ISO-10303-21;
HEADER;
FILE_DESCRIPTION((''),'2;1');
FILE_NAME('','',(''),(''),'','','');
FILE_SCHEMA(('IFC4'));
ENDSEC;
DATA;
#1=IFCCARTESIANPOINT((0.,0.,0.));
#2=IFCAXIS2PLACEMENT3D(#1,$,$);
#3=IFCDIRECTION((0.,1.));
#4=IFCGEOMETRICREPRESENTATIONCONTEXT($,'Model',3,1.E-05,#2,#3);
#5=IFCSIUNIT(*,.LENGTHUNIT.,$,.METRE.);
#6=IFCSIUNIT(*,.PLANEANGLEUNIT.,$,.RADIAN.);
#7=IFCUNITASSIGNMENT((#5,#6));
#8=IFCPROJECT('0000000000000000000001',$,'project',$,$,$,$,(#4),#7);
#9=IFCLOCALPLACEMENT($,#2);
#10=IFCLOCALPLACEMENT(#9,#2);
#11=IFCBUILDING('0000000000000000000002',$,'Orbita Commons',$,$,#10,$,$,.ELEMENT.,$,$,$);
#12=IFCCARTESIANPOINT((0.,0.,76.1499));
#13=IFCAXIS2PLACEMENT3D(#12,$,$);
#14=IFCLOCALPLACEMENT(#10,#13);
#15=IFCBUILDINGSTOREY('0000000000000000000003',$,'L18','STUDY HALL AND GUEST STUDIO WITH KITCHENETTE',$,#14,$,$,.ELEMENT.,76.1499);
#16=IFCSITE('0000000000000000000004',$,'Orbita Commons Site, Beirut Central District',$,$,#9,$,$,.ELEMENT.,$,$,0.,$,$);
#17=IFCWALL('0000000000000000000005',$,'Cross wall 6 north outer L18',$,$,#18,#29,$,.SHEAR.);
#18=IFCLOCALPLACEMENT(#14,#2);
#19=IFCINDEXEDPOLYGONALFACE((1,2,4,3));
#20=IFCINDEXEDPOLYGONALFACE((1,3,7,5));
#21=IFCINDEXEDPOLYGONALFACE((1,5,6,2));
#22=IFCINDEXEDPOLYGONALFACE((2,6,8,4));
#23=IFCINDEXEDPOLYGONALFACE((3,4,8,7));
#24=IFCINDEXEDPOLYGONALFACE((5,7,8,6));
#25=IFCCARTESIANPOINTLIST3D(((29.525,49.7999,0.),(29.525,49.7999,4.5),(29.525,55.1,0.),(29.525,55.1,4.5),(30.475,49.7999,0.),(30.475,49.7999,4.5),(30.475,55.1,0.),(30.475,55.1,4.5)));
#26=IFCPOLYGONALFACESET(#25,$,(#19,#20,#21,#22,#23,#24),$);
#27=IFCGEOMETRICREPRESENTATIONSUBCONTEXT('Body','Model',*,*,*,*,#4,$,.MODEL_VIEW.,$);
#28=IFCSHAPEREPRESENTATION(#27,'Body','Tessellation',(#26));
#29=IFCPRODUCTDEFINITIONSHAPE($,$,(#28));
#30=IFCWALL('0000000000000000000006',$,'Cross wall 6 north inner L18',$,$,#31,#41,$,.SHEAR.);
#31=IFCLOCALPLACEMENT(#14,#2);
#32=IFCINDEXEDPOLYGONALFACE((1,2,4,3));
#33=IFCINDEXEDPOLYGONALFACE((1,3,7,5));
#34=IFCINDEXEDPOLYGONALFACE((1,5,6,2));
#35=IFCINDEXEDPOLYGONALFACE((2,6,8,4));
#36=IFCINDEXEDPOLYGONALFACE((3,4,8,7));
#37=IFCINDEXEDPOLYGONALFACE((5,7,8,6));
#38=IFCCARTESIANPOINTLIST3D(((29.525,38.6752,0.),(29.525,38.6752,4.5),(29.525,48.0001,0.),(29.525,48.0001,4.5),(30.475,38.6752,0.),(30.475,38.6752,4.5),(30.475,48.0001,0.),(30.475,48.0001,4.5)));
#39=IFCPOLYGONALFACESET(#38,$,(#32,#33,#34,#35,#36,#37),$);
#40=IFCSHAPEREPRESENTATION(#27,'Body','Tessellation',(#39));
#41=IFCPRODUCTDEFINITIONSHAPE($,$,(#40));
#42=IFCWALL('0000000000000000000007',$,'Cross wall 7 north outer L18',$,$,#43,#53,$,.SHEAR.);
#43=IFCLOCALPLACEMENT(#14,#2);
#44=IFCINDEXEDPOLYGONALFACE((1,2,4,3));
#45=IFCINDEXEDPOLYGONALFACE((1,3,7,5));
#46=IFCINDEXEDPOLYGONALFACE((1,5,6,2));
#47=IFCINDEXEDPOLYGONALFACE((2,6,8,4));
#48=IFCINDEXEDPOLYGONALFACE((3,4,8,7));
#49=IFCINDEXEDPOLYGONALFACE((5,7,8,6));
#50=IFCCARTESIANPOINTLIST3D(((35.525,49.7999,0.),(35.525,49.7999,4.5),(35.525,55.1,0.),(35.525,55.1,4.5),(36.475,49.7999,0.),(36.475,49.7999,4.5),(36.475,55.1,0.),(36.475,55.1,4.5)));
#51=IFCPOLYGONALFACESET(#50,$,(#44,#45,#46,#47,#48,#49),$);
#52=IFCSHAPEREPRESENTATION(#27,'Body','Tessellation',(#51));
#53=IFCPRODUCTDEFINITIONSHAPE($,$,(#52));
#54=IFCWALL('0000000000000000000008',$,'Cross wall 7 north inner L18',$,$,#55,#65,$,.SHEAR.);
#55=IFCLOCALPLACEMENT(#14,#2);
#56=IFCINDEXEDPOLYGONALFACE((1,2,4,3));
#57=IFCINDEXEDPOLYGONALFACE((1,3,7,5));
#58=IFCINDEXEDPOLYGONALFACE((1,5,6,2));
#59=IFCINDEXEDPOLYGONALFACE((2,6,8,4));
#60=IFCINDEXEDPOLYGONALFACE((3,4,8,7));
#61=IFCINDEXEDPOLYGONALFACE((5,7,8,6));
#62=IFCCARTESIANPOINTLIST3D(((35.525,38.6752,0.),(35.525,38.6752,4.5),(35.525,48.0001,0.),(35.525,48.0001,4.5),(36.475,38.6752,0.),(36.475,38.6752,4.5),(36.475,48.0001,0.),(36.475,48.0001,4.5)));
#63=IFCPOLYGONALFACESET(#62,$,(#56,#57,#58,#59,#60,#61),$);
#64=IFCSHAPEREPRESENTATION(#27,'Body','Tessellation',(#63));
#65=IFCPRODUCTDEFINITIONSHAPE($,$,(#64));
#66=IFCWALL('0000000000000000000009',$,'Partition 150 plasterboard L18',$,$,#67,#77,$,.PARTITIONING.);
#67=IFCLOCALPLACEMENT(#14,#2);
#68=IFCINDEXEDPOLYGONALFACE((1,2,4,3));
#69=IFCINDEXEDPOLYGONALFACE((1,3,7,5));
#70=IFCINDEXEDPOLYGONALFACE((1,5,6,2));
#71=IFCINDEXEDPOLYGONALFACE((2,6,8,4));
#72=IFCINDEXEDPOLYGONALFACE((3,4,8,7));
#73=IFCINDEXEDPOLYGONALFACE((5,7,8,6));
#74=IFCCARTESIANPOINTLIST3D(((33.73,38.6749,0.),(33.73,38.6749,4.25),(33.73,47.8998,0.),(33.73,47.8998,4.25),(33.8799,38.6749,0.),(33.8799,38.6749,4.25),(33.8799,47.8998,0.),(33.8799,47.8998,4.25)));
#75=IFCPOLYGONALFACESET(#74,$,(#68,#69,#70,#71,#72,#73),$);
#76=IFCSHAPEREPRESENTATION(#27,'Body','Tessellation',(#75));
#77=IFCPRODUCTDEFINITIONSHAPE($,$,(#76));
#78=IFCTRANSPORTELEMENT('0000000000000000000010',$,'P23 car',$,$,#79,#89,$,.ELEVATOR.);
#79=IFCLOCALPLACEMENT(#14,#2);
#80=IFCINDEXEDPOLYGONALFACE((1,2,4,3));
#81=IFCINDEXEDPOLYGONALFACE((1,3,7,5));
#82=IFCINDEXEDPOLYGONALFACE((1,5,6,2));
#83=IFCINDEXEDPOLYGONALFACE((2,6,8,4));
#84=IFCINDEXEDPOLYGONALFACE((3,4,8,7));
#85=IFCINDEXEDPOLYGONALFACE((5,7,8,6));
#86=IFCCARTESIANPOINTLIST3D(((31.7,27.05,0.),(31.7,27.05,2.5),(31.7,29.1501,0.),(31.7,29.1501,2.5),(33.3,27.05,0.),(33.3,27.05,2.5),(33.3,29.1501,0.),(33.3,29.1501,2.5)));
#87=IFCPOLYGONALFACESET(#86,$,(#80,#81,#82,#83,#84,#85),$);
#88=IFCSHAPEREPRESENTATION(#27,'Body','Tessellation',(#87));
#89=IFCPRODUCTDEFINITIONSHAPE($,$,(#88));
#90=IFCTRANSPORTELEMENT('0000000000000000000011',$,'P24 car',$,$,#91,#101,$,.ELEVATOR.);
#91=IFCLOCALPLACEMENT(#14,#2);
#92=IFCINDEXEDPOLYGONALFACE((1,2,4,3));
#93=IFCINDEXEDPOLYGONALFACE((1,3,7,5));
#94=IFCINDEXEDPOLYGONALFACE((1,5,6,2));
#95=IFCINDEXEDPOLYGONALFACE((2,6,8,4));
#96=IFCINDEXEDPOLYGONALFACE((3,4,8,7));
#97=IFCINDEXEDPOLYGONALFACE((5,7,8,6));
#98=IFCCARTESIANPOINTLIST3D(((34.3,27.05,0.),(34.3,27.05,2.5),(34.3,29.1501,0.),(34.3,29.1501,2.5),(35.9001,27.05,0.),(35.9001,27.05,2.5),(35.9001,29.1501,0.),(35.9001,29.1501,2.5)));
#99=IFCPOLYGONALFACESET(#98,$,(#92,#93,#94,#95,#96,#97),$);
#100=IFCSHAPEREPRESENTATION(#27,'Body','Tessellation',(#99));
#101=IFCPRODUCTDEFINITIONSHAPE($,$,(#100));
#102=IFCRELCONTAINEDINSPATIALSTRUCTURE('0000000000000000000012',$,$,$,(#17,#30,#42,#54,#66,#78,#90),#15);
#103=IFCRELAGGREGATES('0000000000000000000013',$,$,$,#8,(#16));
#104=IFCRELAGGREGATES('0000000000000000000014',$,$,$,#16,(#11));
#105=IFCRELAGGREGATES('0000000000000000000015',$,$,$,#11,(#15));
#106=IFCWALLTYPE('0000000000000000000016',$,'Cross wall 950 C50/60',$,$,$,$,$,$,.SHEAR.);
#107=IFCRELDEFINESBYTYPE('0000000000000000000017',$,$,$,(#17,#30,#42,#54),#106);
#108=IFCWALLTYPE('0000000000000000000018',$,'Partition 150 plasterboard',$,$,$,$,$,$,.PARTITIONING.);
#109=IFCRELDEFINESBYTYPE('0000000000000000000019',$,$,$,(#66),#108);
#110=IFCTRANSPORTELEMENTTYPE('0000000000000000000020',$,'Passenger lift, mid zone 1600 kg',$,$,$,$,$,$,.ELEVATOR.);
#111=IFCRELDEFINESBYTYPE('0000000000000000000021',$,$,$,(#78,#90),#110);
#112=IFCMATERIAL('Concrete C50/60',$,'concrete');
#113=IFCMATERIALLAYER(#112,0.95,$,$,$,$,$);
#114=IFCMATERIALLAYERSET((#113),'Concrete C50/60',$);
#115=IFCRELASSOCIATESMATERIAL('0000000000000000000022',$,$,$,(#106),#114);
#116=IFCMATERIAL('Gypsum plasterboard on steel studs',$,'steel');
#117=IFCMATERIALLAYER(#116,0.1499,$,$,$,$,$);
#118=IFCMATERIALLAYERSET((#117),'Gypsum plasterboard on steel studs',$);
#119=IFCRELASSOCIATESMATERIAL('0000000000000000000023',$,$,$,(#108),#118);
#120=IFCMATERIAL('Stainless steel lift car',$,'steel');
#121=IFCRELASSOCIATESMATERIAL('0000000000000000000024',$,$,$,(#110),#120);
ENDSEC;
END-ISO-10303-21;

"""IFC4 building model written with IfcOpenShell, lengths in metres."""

from ifc_helpers import new_model, si_unit, direction, frame, frame_2d, origin, origin_2d, place, context, subcontext, project, spatial, rectangle, extrude, material, layer, layer_set, type_object, element, save


model = new_model("IFC4")

# Units and contexts
model_context = context("Model", 3, precision=1e-05, world=origin(), true_north=direction((0.0, 1.0)))
body_context = subcontext(model_context, "Body", "Model", "MODEL_VIEW")
ifc_project = project(units=[si_unit("LENGTHUNIT", "METRE"), si_unit("PLANEANGLEUNIT", "RADIAN")], contexts=[model_context])

# Site, building, storey
site_placement = place(None, origin())
site = spatial("IfcSite", under=ifc_project, at=site_placement, Name="Orbita Commons Site, Beirut Central District", CompositionType="ELEMENT", RefElevation=0.0)
building_placement = place(site_placement, origin())
building = spatial("IfcBuilding", under=site, at=building_placement, Name="Orbita Commons", CompositionType="ELEMENT")
storey_placement = place(building_placement, frame((0.0, 0.0, 76.1499)))
storey = spatial("IfcBuildingStorey", under=building, at=storey_placement, Name="L18", Description="STUDY HALL AND GUEST STUDIO WITH KITCHENETTE", CompositionType="ELEMENT", Elevation=76.1499)

# Walls
ifc_material_1 = material(Name="Concrete C50/60", Category="concrete")
ifc_layer_1 = layer(ifc_material_1, 0.95)
ifc_layer_set_1 = layer_set([ifc_layer_1], Name="Concrete C50/60")
wall_type_1 = type_object("IfcWallType", Name="Cross wall 950 C50/60", PredefinedType="SHEAR", material=ifc_layer_set_1)
wall_1_placement = place(storey_placement, frame((30.0, 49.8, 0.0), z_axis=(0.0, 0.0, 1.0), x_axis=(0.0, 1.0, 0.0)))
element("IfcWall", 1, at=wall_1_placement, inside=storey, type_object=wall_type_1, Name="Cross wall 6 north outer L18", PredefinedType="SHEAR", context=body_context, shape_type="SweptSolid", body=[
    extrude(rectangle(XDim=5.3, YDim=0.95, at=frame_2d((2.6499, 0.0))), origin(), (0.0, 0.0, 1.0), 4.5),
])
wall_2_placement = place(storey_placement, frame((30.0, 38.675, 0.0), z_axis=(0.0, 0.0, 1.0), x_axis=(0.0, 1.0, 0.0)))
element("IfcWall", 2, at=wall_2_placement, inside=storey, type_object=wall_type_1, Name="Cross wall 6 north inner L18", PredefinedType="SHEAR", context=body_context, shape_type="SweptSolid", body=[
    extrude(rectangle(XDim=9.325, YDim=0.95, at=frame_2d((4.6626, 0.0))), origin(), (0.0, 0.0, 1.0), 4.5),
])
wall_3_placement = place(storey_placement, frame((36.0, 49.8, 0.0), z_axis=(0.0, 0.0, 1.0), x_axis=(0.0, 1.0, 0.0)))
element("IfcWall", 3, at=wall_3_placement, inside=storey, type_object=wall_type_1, Name="Cross wall 7 north outer L18", PredefinedType="SHEAR", context=body_context, shape_type="SweptSolid", body=[
    extrude(rectangle(XDim=5.3, YDim=0.95, at=frame_2d((2.6499, 0.0))), origin(), (0.0, 0.0, 1.0), 4.5),
])
wall_4_placement = place(storey_placement, frame((36.0, 38.675, 0.0), z_axis=(0.0, 0.0, 1.0), x_axis=(0.0, 1.0, 0.0)))
element("IfcWall", 4, at=wall_4_placement, inside=storey, type_object=wall_type_1, Name="Cross wall 7 north inner L18", PredefinedType="SHEAR", context=body_context, shape_type="SweptSolid", body=[
    extrude(rectangle(XDim=9.325, YDim=0.95, at=frame_2d((4.6626, 0.0))), origin(), (0.0, 0.0, 1.0), 4.5),
])
ifc_material_2 = material(Name="Gypsum plasterboard on steel studs", Category="steel")
ifc_layer_2 = layer(ifc_material_2, 0.1499)
ifc_layer_set_2 = layer_set([ifc_layer_2], Name="Gypsum plasterboard on steel studs")
wall_type_2 = type_object("IfcWallType", Name="Partition 150 plasterboard", PredefinedType="PARTITIONING", material=ifc_layer_set_2)
wall_5_placement = place(storey_placement, frame((33.8049, 38.675, 0.0), z_axis=(0.0, 0.0, 1.0), x_axis=(0.0, 1.0, 0.0)))
element("IfcWall", 5, at=wall_5_placement, inside=storey, type_object=wall_type_2, Name="Partition 150 plasterboard L18", PredefinedType="PARTITIONING", context=body_context, shape_type="SweptSolid", body=[
    extrude(rectangle(XDim=9.2249, YDim=0.1499, at=frame_2d((4.6123, 0.0))), origin(), (0.0, 0.0, 1.0), 4.25),
])

# Transport elements
ifc_material_3 = material(Name="Stainless steel lift car", Category="steel")
transport_element_type = type_object("IfcTransportElementType", Name="Passenger lift, mid zone 1600 kg", PredefinedType="ELEVATOR", material=ifc_material_3)
transport_element_1_placement = place(storey_placement, frame((32.5, 28.1001, 0.0), z_axis=(0.0, 0.0, 1.0), x_axis=(1.0, 0.0, 0.0)))
element("IfcTransportElement", 6, at=transport_element_1_placement, inside=storey, type_object=transport_element_type, Name="P23 car", PredefinedType="ELEVATOR", context=body_context, shape_type="SweptSolid", body=[
    extrude(rectangle(XDim=1.6001, YDim=2.1001, at=origin_2d()), origin(), (0.0, 0.0, 1.0), 2.5),
])
transport_element_2_placement = place(storey_placement, frame((35.1001, 28.1001, 0.0), z_axis=(0.0, 0.0, 1.0), x_axis=(1.0, 0.0, 0.0)))
element("IfcTransportElement", 7, at=transport_element_2_placement, inside=storey, type_object=transport_element_type, Name="P24 car", PredefinedType="ELEVATOR", context=body_context, shape_type="SweptSolid", body=[
    extrude(rectangle(XDim=1.6001, YDim=2.1001, at=origin_2d()), origin(), (0.0, 0.0, 1.0), 2.5),
])

save(model, "model.ifc")
